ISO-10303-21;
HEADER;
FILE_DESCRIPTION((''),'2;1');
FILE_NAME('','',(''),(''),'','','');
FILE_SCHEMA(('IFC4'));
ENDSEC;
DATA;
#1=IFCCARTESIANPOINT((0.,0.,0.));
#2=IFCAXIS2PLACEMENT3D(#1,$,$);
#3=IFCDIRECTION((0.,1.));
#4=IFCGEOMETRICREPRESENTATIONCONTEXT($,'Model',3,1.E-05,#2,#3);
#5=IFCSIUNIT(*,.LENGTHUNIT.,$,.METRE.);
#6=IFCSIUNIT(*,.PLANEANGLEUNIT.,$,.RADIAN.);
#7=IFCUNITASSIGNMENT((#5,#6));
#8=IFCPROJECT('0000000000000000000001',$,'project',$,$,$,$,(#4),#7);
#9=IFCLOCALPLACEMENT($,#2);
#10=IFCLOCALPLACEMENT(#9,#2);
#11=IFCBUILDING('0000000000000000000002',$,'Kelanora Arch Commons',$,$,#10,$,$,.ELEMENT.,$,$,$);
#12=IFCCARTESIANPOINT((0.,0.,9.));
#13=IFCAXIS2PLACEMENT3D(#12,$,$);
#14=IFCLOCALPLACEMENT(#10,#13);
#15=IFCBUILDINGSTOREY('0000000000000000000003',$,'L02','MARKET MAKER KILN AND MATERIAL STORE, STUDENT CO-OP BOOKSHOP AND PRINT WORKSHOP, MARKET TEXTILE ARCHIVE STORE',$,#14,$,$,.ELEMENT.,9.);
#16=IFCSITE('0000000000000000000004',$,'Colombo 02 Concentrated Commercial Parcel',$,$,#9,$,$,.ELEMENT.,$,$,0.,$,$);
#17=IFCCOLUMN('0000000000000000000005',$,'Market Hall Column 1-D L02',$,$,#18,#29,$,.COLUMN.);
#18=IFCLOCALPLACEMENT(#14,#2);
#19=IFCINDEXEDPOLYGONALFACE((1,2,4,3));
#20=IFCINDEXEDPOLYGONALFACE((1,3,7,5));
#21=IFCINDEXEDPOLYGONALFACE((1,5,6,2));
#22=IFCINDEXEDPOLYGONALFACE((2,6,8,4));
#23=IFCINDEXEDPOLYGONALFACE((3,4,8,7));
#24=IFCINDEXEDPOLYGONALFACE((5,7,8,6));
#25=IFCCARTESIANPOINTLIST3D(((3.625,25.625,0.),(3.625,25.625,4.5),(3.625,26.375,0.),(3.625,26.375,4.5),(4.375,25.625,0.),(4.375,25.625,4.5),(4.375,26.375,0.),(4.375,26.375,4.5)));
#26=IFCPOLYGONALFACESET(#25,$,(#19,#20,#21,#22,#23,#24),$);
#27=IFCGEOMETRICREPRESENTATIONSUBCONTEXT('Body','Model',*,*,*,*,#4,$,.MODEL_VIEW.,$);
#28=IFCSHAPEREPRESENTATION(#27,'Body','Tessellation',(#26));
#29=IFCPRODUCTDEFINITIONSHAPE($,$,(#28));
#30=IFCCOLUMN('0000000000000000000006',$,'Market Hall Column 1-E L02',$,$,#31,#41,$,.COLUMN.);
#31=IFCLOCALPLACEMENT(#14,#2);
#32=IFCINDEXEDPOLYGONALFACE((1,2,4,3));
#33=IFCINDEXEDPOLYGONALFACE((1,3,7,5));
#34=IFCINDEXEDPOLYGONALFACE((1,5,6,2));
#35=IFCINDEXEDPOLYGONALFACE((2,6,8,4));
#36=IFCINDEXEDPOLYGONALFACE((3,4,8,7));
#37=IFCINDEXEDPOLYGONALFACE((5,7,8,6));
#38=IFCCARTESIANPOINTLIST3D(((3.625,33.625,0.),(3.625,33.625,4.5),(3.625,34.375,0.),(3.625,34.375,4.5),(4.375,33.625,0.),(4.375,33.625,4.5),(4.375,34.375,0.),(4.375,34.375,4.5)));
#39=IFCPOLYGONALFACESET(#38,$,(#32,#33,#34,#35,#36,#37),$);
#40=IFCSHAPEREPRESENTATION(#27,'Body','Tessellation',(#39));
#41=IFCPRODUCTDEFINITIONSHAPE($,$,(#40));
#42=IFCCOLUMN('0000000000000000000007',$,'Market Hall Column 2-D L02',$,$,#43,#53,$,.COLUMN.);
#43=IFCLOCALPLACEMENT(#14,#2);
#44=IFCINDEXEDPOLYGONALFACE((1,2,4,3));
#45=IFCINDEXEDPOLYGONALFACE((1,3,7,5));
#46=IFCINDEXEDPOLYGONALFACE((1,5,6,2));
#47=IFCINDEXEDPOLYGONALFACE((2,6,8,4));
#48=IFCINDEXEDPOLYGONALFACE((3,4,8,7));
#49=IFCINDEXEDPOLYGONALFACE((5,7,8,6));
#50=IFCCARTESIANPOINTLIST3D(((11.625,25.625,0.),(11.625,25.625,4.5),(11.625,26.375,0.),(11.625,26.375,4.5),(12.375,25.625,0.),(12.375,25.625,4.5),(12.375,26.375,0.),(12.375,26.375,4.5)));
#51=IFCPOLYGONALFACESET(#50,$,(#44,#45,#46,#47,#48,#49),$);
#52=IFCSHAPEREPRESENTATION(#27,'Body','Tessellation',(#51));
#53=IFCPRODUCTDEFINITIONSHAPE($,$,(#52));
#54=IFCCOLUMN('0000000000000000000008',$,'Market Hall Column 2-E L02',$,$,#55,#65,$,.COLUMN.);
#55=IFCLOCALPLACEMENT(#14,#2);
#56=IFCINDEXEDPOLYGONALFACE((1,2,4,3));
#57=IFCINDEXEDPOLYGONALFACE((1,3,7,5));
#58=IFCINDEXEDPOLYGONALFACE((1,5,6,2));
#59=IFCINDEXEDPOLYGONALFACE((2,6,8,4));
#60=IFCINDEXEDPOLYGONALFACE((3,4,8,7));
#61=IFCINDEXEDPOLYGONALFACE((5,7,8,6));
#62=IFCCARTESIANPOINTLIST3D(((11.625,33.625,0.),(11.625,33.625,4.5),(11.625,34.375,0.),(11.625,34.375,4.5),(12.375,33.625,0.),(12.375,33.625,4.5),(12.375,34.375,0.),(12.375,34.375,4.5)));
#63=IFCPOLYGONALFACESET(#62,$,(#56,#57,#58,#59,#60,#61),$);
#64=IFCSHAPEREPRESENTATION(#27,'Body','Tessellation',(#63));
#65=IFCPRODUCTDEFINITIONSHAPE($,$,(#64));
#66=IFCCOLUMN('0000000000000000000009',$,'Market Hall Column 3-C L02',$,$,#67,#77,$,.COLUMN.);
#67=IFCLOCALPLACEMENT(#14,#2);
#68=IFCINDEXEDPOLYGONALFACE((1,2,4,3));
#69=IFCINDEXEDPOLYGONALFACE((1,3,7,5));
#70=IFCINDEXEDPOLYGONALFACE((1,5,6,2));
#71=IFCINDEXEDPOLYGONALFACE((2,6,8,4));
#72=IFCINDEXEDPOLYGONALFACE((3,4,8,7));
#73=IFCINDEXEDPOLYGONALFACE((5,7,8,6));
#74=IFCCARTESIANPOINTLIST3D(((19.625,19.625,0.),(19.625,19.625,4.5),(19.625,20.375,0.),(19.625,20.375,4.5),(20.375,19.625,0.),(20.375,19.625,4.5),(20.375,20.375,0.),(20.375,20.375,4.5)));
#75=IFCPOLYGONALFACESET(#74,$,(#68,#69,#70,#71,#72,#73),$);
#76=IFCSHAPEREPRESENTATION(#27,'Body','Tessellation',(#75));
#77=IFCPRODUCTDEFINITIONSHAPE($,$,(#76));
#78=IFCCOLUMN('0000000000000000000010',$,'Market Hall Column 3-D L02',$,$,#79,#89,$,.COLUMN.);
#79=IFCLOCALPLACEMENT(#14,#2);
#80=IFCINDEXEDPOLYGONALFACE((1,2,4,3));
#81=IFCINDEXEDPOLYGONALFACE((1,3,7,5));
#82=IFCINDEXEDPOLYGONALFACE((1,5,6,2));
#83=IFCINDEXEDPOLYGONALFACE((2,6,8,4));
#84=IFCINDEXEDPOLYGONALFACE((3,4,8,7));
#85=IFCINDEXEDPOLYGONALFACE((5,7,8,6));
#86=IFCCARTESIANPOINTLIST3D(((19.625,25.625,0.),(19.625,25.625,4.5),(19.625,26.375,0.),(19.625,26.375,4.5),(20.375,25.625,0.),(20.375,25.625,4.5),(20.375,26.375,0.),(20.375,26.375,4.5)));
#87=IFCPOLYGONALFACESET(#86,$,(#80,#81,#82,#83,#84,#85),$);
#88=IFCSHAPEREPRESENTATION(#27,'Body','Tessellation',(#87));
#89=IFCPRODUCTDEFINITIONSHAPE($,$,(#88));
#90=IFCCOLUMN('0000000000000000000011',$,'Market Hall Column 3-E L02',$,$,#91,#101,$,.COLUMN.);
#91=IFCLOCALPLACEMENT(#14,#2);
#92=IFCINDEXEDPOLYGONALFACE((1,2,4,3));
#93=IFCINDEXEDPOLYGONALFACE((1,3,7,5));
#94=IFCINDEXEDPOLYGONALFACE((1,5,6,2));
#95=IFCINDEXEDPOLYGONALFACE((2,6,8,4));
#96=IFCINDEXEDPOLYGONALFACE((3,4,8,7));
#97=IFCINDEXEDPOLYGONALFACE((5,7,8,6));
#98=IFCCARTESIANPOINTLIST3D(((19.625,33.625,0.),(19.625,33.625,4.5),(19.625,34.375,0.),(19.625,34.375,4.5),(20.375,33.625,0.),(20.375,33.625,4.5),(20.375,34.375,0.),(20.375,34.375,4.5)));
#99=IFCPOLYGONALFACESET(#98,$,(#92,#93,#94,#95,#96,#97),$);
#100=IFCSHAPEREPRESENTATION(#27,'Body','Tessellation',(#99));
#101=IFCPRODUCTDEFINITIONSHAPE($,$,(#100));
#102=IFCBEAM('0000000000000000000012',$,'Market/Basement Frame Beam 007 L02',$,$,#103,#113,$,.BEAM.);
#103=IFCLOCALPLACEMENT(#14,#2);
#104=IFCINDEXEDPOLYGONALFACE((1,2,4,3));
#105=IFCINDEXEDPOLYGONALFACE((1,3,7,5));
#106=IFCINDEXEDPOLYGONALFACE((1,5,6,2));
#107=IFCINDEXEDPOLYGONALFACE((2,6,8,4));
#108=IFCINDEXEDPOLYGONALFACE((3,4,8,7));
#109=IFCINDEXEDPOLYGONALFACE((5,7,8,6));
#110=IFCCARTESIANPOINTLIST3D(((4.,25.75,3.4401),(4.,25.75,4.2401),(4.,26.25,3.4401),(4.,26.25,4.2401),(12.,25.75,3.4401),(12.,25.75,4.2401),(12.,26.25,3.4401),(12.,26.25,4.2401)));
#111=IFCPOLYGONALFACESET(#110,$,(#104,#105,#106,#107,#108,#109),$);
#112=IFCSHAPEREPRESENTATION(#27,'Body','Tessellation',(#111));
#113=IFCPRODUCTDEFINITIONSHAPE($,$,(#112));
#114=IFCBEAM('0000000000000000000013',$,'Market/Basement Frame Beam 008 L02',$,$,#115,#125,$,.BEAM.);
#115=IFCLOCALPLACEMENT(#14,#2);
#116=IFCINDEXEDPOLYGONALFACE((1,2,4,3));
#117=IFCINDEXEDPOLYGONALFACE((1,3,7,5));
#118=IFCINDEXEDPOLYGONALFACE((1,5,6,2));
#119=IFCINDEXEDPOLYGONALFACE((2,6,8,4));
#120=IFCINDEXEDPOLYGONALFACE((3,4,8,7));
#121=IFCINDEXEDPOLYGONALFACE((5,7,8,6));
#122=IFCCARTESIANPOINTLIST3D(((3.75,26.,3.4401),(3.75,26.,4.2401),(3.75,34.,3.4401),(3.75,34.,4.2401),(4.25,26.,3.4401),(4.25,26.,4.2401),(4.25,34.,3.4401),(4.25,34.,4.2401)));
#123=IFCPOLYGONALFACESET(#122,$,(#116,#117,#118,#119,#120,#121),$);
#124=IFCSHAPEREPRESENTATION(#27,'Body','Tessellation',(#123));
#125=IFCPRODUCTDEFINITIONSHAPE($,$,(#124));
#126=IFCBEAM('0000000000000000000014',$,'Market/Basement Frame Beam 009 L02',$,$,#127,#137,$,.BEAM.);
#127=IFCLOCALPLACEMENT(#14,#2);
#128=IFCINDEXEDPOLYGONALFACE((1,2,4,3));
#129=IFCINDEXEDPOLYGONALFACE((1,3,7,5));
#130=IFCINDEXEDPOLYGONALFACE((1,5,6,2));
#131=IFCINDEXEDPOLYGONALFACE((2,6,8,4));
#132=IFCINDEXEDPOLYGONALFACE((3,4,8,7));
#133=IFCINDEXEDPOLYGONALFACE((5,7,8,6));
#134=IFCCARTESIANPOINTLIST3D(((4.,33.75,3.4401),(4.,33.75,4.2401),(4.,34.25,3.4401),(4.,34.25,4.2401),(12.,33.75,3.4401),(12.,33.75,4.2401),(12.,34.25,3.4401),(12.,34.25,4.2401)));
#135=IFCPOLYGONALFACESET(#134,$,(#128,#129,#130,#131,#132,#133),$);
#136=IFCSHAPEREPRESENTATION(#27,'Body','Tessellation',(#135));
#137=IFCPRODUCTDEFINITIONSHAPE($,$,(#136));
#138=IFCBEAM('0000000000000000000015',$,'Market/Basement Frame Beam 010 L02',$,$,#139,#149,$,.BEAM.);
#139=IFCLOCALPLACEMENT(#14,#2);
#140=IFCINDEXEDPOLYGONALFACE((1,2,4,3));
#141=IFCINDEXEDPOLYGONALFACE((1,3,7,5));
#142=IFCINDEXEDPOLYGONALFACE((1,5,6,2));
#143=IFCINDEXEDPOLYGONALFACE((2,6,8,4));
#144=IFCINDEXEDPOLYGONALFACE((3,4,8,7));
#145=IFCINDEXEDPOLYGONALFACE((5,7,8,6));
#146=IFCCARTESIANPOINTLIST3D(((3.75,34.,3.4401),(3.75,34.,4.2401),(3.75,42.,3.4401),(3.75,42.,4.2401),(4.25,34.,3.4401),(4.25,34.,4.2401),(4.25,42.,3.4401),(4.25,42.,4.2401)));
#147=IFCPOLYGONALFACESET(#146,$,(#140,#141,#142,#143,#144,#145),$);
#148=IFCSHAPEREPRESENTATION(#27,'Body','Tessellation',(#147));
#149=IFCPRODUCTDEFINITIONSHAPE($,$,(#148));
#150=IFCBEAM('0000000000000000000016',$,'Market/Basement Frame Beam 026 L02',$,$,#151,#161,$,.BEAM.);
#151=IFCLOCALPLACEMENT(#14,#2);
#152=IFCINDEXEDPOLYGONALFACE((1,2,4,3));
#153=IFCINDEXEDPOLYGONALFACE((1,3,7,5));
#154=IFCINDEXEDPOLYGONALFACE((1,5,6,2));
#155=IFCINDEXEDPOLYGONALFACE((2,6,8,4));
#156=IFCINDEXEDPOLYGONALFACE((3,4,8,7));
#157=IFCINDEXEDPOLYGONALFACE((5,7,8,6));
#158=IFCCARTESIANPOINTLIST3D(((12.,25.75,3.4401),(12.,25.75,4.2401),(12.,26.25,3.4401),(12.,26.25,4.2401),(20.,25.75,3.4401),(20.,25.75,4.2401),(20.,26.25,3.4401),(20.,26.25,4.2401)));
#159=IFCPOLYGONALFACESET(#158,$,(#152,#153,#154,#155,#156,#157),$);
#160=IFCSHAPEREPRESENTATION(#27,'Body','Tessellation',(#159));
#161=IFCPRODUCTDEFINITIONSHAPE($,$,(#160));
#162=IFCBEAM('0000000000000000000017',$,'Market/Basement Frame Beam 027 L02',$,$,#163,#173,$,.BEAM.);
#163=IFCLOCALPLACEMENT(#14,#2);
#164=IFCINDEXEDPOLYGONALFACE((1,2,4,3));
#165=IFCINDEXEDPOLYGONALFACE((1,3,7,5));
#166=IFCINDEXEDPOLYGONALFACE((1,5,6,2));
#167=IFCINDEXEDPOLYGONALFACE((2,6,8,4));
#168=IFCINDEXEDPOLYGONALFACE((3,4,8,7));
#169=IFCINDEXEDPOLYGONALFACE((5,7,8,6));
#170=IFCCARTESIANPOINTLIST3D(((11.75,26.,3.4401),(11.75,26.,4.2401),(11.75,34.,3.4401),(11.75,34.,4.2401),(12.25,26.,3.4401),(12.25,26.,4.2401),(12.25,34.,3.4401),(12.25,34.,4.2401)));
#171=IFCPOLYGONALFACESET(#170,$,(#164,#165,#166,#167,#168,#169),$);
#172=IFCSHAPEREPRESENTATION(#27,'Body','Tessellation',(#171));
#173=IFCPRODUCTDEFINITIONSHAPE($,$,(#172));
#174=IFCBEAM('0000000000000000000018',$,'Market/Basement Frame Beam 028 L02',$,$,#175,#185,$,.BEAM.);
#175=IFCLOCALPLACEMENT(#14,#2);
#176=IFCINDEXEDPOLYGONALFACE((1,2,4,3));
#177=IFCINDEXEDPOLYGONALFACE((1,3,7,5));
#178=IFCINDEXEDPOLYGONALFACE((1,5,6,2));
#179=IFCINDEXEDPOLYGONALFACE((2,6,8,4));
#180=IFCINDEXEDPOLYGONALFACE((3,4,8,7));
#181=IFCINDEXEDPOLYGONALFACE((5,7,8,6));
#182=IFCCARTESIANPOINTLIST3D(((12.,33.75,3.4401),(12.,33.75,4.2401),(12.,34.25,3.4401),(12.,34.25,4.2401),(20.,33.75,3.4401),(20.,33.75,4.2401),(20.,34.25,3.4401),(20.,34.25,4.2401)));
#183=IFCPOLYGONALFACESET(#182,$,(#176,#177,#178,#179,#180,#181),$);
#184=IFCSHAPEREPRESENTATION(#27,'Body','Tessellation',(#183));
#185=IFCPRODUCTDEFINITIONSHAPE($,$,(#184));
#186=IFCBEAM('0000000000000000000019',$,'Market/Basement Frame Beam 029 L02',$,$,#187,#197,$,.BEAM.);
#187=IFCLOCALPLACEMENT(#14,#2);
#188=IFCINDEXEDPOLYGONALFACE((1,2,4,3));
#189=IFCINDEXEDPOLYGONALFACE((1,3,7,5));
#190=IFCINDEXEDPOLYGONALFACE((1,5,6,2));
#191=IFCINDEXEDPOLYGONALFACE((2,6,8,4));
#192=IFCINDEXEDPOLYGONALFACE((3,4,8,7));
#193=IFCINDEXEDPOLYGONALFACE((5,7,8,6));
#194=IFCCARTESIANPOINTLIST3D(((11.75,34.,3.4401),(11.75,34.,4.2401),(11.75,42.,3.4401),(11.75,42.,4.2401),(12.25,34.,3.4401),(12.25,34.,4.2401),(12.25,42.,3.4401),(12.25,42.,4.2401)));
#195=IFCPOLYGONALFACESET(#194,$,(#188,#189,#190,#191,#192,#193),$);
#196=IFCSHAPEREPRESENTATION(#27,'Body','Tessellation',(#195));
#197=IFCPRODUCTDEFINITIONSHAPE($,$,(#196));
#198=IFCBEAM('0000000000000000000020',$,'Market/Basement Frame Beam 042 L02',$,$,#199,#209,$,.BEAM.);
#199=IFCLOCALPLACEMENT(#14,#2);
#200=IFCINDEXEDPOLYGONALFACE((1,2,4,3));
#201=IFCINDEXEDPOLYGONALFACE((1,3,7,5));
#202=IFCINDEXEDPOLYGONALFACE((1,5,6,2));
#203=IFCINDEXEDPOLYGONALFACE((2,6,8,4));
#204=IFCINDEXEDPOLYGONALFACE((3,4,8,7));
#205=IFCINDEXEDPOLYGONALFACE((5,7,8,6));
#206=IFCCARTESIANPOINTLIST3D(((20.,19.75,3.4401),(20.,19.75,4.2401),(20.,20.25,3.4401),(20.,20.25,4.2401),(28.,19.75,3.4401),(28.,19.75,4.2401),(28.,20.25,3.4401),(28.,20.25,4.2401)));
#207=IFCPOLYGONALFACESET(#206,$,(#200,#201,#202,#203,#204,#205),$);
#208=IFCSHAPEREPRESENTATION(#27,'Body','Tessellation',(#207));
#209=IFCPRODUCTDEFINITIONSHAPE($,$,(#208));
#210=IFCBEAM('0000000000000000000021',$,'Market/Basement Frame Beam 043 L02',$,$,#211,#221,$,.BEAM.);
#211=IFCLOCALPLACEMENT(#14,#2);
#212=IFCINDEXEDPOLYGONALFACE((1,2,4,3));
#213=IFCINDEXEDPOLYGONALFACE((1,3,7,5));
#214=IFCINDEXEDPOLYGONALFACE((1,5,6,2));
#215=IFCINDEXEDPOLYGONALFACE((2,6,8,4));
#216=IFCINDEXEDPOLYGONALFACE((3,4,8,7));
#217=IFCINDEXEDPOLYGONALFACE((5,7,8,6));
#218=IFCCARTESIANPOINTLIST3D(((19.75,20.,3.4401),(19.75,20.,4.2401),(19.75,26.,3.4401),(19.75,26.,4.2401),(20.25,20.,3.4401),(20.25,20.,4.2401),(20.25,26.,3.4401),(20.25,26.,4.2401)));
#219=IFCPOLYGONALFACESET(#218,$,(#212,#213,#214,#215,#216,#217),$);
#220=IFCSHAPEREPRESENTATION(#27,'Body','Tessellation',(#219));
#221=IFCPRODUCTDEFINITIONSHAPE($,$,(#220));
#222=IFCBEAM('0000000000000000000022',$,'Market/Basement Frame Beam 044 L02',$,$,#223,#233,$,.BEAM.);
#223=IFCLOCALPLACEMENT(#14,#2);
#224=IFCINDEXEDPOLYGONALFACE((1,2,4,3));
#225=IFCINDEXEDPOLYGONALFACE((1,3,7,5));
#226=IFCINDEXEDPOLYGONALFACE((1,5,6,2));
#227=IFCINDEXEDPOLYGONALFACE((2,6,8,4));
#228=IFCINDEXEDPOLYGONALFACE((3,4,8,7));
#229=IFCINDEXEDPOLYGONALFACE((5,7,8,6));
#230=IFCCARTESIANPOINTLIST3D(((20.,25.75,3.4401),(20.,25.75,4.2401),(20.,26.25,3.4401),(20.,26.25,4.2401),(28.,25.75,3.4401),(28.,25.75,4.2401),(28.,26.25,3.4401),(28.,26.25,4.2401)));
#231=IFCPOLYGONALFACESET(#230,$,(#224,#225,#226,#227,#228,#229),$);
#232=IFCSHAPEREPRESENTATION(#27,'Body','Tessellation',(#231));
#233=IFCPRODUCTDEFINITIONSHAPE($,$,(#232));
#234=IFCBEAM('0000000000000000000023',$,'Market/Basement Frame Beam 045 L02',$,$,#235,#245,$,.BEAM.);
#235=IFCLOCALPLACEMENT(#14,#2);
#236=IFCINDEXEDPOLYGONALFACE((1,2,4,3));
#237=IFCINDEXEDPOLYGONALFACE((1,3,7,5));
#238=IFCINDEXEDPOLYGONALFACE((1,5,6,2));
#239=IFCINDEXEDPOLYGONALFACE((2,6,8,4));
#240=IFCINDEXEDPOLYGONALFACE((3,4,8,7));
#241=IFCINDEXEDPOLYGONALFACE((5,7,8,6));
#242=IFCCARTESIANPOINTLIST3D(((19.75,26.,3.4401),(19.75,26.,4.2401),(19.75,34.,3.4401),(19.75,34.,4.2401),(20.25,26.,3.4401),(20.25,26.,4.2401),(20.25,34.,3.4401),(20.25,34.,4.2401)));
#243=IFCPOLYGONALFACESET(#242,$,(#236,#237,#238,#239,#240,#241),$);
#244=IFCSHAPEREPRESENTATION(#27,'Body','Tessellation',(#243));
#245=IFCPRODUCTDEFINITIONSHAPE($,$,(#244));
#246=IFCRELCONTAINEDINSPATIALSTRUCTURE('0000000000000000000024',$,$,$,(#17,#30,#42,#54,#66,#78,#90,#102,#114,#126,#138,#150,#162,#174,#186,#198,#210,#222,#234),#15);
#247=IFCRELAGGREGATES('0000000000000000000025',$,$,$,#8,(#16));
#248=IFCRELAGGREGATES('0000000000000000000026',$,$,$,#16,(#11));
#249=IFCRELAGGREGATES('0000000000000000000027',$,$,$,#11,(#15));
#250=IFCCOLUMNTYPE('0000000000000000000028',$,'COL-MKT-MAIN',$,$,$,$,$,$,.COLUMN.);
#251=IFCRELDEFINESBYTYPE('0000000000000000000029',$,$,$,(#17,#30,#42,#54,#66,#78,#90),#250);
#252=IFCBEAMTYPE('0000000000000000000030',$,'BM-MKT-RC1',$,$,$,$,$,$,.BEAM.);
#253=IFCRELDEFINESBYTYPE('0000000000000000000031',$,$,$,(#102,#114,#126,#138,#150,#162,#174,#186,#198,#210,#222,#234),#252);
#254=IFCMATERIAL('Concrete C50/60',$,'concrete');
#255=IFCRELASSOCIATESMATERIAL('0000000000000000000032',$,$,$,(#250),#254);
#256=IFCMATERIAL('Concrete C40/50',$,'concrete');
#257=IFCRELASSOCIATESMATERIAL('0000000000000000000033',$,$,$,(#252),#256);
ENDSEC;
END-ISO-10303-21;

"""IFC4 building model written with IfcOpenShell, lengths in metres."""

from ifc_helpers import new_model, si_unit, direction, frame, origin, origin_2d, place, context, subcontext, project, spatial, rectangle, extrude, material, material_profile, profile_set, type_object, element, save


model = new_model("IFC4")

# Units and contexts
model_context = context("Model", 3, precision=1e-05, world=origin(), true_north=direction((0.0, 1.0)))
body_context = subcontext(model_context, "Body", "Model", "MODEL_VIEW")
ifc_project = project(units=[si_unit("LENGTHUNIT", "METRE"), si_unit("PLANEANGLEUNIT", "RADIAN")], contexts=[model_context])

# Site, building, storey
site_placement = place(None, origin())
site = spatial("IfcSite", under=ifc_project, at=site_placement, Name="Colombo 02 Concentrated Commercial Parcel", CompositionType="ELEMENT", RefElevation=0.0)
building_placement = place(site_placement, origin())
building = spatial("IfcBuilding", under=site, at=building_placement, Name="Kelanora Arch Commons", CompositionType="ELEMENT")
storey_placement = place(building_placement, frame((0.0, 0.0, 9.0)))
storey = spatial("IfcBuildingStorey", under=building, at=storey_placement, Name="L02", Description="MARKET MAKER KILN AND MATERIAL STORE, STUDENT CO-OP BOOKSHOP AND PRINT WORKSHOP, MARKET TEXTILE ARCHIVE STORE", CompositionType="ELEMENT", Elevation=9.0)

# Columns
ifc_material_1 = material(Name="Concrete C50/60", Category="concrete")
ifc_material_profile_1 = material_profile(ifc_material_1, rectangle(XDim=0.75, YDim=0.75, at=origin_2d()), Name="RC750x750")
ifc_profile_set_1 = profile_set([ifc_material_profile_1], Name="Concrete C50/60")
column_type = type_object("IfcColumnType", Name="COL-MKT-MAIN", PredefinedType="COLUMN", material=ifc_profile_set_1)
for number, where, z_axis, x_axis, name in (
    (1, (4.0, 26.0, 0.0), (0.0, 0.0, 1.0), (1.0, 0.0, 0.0), "Market Hall Column 1-D L02"),
    (2, (4.0, 34.0, 0.0), (0.0, 0.0, 1.0), (1.0, 0.0, 0.0), "Market Hall Column 1-E L02"),
    (3, (12.0, 26.0, 0.0), (0.0, 0.0, 1.0), (1.0, 0.0, 0.0), "Market Hall Column 2-D L02"),
    (4, (12.0, 34.0, 0.0), (0.0, 0.0, 1.0), (1.0, 0.0, 0.0), "Market Hall Column 2-E L02"),
    (5, (20.0, 20.0, 0.0), (0.0, 0.0, 1.0), (1.0, 0.0, 0.0), "Market Hall Column 3-C L02"),
    (6, (20.0, 26.0, 0.0), (0.0, 0.0, 1.0), (1.0, 0.0, 0.0), "Market Hall Column 3-D L02"),
    (7, (20.0, 34.0, 0.0), (0.0, 0.0, 1.0), (1.0, 0.0, 0.0), "Market Hall Column 3-E L02"),
):
    element("IfcColumn", number, at=place(storey_placement, frame(where, z_axis=z_axis, x_axis=x_axis)), inside=storey, type_object=column_type, Name=name, PredefinedType="COLUMN", context=body_context, shape_type="SweptSolid", body=[
        extrude(rectangle(XDim=0.75, YDim=0.75, at=origin_2d()), origin(), (0.0, 0.0, 1.0), 4.5),
    ])

# Beams
ifc_material_2 = material(Name="Concrete C40/50", Category="concrete")
ifc_material_profile_2 = material_profile(ifc_material_2, rectangle(XDim=0.5, YDim=0.8, at=origin_2d()), Name="RCB500x800")
ifc_profile_set_2 = profile_set([ifc_material_profile_2], Name="Concrete C40/50")
beam_type = type_object("IfcBeamType", Name="BM-MKT-RC1", PredefinedType="BEAM", material=ifc_profile_set_2)
for number, where, z_axis, x_axis, name in (
    (8, (4.0, 26.0, 3.8401), (1.0, 0.0, 0.0), (0.0, 1.0, 0.0), "Market/Basement Frame Beam 007 L02"),
    (9, (4.0, 26.0, 3.8401), (0.0, 1.0, 0.0), (-1.0, 0.0, 0.0), "Market/Basement Frame Beam 008 L02"),
    (10, (4.0, 34.0, 3.8401), (1.0, 0.0, 0.0), (0.0, 1.0, 0.0), "Market/Basement Frame Beam 009 L02"),
    (11, (4.0, 34.0, 3.8401), (0.0, 1.0, 0.0), (-1.0, 0.0, 0.0), "Market/Basement Frame Beam 010 L02"),
    (12, (12.0, 26.0, 3.8401), (1.0, 0.0, 0.0), (0.0, 1.0, 0.0), "Market/Basement Frame Beam 026 L02"),
    (13, (12.0, 26.0, 3.8401), (0.0, 1.0, 0.0), (-1.0, 0.0, 0.0), "Market/Basement Frame Beam 027 L02"),
    (14, (12.0, 34.0, 3.8401), (1.0, 0.0, 0.0), (0.0, 1.0, 0.0), "Market/Basement Frame Beam 028 L02"),
    (15, (12.0, 34.0, 3.8401), (0.0, 1.0, 0.0), (-1.0, 0.0, 0.0), "Market/Basement Frame Beam 029 L02"),
    (16, (20.0, 20.0, 3.8401), (1.0, 0.0, 0.0), (0.0, 1.0, 0.0), "Market/Basement Frame Beam 042 L02"),
):
    element("IfcBeam", number, at=place(storey_placement, frame(where, z_axis=z_axis, x_axis=x_axis)), inside=storey, type_object=beam_type, Name=name, PredefinedType="BEAM", context=body_context, shape_type="SweptSolid", body=[
        extrude(rectangle(XDim=0.5, YDim=0.8, at=origin_2d()), origin(), (0.0, 0.0, 1.0), 8.0),
    ])
beam_placement = place(storey_placement, frame((20.0, 20.0, 3.8401), z_axis=(0.0, 1.0, 0.0), x_axis=(-1.0, 0.0, 0.0)))
element("IfcBeam", 17, at=beam_placement, inside=storey, type_object=beam_type, Name="Market/Basement Frame Beam 043 L02", PredefinedType="BEAM", context=body_context, shape_type="SweptSolid", body=[
    extrude(rectangle(XDim=0.5, YDim=0.8, at=origin_2d()), origin(), (0.0, 0.0, 1.0), 6.0),
])
for number, where, z_axis, x_axis, name in (
    (18, (20.0, 26.0, 3.8401), (1.0, 0.0, 0.0), (0.0, 1.0, 0.0), "Market/Basement Frame Beam 044 L02"),
    (19, (20.0, 26.0, 3.8401), (0.0, 1.0, 0.0), (-1.0, 0.0, 0.0), "Market/Basement Frame Beam 045 L02"),
):
    element("IfcBeam", number, at=place(storey_placement, frame(where, z_axis=z_axis, x_axis=x_axis)), inside=storey, type_object=beam_type, Name=name, PredefinedType="BEAM", context=body_context, shape_type="SweptSolid", body=[
        extrude(rectangle(XDim=0.5, YDim=0.8, at=origin_2d()), origin(), (0.0, 0.0, 1.0), 8.0),
    ])

save(model, "model.ifc")
